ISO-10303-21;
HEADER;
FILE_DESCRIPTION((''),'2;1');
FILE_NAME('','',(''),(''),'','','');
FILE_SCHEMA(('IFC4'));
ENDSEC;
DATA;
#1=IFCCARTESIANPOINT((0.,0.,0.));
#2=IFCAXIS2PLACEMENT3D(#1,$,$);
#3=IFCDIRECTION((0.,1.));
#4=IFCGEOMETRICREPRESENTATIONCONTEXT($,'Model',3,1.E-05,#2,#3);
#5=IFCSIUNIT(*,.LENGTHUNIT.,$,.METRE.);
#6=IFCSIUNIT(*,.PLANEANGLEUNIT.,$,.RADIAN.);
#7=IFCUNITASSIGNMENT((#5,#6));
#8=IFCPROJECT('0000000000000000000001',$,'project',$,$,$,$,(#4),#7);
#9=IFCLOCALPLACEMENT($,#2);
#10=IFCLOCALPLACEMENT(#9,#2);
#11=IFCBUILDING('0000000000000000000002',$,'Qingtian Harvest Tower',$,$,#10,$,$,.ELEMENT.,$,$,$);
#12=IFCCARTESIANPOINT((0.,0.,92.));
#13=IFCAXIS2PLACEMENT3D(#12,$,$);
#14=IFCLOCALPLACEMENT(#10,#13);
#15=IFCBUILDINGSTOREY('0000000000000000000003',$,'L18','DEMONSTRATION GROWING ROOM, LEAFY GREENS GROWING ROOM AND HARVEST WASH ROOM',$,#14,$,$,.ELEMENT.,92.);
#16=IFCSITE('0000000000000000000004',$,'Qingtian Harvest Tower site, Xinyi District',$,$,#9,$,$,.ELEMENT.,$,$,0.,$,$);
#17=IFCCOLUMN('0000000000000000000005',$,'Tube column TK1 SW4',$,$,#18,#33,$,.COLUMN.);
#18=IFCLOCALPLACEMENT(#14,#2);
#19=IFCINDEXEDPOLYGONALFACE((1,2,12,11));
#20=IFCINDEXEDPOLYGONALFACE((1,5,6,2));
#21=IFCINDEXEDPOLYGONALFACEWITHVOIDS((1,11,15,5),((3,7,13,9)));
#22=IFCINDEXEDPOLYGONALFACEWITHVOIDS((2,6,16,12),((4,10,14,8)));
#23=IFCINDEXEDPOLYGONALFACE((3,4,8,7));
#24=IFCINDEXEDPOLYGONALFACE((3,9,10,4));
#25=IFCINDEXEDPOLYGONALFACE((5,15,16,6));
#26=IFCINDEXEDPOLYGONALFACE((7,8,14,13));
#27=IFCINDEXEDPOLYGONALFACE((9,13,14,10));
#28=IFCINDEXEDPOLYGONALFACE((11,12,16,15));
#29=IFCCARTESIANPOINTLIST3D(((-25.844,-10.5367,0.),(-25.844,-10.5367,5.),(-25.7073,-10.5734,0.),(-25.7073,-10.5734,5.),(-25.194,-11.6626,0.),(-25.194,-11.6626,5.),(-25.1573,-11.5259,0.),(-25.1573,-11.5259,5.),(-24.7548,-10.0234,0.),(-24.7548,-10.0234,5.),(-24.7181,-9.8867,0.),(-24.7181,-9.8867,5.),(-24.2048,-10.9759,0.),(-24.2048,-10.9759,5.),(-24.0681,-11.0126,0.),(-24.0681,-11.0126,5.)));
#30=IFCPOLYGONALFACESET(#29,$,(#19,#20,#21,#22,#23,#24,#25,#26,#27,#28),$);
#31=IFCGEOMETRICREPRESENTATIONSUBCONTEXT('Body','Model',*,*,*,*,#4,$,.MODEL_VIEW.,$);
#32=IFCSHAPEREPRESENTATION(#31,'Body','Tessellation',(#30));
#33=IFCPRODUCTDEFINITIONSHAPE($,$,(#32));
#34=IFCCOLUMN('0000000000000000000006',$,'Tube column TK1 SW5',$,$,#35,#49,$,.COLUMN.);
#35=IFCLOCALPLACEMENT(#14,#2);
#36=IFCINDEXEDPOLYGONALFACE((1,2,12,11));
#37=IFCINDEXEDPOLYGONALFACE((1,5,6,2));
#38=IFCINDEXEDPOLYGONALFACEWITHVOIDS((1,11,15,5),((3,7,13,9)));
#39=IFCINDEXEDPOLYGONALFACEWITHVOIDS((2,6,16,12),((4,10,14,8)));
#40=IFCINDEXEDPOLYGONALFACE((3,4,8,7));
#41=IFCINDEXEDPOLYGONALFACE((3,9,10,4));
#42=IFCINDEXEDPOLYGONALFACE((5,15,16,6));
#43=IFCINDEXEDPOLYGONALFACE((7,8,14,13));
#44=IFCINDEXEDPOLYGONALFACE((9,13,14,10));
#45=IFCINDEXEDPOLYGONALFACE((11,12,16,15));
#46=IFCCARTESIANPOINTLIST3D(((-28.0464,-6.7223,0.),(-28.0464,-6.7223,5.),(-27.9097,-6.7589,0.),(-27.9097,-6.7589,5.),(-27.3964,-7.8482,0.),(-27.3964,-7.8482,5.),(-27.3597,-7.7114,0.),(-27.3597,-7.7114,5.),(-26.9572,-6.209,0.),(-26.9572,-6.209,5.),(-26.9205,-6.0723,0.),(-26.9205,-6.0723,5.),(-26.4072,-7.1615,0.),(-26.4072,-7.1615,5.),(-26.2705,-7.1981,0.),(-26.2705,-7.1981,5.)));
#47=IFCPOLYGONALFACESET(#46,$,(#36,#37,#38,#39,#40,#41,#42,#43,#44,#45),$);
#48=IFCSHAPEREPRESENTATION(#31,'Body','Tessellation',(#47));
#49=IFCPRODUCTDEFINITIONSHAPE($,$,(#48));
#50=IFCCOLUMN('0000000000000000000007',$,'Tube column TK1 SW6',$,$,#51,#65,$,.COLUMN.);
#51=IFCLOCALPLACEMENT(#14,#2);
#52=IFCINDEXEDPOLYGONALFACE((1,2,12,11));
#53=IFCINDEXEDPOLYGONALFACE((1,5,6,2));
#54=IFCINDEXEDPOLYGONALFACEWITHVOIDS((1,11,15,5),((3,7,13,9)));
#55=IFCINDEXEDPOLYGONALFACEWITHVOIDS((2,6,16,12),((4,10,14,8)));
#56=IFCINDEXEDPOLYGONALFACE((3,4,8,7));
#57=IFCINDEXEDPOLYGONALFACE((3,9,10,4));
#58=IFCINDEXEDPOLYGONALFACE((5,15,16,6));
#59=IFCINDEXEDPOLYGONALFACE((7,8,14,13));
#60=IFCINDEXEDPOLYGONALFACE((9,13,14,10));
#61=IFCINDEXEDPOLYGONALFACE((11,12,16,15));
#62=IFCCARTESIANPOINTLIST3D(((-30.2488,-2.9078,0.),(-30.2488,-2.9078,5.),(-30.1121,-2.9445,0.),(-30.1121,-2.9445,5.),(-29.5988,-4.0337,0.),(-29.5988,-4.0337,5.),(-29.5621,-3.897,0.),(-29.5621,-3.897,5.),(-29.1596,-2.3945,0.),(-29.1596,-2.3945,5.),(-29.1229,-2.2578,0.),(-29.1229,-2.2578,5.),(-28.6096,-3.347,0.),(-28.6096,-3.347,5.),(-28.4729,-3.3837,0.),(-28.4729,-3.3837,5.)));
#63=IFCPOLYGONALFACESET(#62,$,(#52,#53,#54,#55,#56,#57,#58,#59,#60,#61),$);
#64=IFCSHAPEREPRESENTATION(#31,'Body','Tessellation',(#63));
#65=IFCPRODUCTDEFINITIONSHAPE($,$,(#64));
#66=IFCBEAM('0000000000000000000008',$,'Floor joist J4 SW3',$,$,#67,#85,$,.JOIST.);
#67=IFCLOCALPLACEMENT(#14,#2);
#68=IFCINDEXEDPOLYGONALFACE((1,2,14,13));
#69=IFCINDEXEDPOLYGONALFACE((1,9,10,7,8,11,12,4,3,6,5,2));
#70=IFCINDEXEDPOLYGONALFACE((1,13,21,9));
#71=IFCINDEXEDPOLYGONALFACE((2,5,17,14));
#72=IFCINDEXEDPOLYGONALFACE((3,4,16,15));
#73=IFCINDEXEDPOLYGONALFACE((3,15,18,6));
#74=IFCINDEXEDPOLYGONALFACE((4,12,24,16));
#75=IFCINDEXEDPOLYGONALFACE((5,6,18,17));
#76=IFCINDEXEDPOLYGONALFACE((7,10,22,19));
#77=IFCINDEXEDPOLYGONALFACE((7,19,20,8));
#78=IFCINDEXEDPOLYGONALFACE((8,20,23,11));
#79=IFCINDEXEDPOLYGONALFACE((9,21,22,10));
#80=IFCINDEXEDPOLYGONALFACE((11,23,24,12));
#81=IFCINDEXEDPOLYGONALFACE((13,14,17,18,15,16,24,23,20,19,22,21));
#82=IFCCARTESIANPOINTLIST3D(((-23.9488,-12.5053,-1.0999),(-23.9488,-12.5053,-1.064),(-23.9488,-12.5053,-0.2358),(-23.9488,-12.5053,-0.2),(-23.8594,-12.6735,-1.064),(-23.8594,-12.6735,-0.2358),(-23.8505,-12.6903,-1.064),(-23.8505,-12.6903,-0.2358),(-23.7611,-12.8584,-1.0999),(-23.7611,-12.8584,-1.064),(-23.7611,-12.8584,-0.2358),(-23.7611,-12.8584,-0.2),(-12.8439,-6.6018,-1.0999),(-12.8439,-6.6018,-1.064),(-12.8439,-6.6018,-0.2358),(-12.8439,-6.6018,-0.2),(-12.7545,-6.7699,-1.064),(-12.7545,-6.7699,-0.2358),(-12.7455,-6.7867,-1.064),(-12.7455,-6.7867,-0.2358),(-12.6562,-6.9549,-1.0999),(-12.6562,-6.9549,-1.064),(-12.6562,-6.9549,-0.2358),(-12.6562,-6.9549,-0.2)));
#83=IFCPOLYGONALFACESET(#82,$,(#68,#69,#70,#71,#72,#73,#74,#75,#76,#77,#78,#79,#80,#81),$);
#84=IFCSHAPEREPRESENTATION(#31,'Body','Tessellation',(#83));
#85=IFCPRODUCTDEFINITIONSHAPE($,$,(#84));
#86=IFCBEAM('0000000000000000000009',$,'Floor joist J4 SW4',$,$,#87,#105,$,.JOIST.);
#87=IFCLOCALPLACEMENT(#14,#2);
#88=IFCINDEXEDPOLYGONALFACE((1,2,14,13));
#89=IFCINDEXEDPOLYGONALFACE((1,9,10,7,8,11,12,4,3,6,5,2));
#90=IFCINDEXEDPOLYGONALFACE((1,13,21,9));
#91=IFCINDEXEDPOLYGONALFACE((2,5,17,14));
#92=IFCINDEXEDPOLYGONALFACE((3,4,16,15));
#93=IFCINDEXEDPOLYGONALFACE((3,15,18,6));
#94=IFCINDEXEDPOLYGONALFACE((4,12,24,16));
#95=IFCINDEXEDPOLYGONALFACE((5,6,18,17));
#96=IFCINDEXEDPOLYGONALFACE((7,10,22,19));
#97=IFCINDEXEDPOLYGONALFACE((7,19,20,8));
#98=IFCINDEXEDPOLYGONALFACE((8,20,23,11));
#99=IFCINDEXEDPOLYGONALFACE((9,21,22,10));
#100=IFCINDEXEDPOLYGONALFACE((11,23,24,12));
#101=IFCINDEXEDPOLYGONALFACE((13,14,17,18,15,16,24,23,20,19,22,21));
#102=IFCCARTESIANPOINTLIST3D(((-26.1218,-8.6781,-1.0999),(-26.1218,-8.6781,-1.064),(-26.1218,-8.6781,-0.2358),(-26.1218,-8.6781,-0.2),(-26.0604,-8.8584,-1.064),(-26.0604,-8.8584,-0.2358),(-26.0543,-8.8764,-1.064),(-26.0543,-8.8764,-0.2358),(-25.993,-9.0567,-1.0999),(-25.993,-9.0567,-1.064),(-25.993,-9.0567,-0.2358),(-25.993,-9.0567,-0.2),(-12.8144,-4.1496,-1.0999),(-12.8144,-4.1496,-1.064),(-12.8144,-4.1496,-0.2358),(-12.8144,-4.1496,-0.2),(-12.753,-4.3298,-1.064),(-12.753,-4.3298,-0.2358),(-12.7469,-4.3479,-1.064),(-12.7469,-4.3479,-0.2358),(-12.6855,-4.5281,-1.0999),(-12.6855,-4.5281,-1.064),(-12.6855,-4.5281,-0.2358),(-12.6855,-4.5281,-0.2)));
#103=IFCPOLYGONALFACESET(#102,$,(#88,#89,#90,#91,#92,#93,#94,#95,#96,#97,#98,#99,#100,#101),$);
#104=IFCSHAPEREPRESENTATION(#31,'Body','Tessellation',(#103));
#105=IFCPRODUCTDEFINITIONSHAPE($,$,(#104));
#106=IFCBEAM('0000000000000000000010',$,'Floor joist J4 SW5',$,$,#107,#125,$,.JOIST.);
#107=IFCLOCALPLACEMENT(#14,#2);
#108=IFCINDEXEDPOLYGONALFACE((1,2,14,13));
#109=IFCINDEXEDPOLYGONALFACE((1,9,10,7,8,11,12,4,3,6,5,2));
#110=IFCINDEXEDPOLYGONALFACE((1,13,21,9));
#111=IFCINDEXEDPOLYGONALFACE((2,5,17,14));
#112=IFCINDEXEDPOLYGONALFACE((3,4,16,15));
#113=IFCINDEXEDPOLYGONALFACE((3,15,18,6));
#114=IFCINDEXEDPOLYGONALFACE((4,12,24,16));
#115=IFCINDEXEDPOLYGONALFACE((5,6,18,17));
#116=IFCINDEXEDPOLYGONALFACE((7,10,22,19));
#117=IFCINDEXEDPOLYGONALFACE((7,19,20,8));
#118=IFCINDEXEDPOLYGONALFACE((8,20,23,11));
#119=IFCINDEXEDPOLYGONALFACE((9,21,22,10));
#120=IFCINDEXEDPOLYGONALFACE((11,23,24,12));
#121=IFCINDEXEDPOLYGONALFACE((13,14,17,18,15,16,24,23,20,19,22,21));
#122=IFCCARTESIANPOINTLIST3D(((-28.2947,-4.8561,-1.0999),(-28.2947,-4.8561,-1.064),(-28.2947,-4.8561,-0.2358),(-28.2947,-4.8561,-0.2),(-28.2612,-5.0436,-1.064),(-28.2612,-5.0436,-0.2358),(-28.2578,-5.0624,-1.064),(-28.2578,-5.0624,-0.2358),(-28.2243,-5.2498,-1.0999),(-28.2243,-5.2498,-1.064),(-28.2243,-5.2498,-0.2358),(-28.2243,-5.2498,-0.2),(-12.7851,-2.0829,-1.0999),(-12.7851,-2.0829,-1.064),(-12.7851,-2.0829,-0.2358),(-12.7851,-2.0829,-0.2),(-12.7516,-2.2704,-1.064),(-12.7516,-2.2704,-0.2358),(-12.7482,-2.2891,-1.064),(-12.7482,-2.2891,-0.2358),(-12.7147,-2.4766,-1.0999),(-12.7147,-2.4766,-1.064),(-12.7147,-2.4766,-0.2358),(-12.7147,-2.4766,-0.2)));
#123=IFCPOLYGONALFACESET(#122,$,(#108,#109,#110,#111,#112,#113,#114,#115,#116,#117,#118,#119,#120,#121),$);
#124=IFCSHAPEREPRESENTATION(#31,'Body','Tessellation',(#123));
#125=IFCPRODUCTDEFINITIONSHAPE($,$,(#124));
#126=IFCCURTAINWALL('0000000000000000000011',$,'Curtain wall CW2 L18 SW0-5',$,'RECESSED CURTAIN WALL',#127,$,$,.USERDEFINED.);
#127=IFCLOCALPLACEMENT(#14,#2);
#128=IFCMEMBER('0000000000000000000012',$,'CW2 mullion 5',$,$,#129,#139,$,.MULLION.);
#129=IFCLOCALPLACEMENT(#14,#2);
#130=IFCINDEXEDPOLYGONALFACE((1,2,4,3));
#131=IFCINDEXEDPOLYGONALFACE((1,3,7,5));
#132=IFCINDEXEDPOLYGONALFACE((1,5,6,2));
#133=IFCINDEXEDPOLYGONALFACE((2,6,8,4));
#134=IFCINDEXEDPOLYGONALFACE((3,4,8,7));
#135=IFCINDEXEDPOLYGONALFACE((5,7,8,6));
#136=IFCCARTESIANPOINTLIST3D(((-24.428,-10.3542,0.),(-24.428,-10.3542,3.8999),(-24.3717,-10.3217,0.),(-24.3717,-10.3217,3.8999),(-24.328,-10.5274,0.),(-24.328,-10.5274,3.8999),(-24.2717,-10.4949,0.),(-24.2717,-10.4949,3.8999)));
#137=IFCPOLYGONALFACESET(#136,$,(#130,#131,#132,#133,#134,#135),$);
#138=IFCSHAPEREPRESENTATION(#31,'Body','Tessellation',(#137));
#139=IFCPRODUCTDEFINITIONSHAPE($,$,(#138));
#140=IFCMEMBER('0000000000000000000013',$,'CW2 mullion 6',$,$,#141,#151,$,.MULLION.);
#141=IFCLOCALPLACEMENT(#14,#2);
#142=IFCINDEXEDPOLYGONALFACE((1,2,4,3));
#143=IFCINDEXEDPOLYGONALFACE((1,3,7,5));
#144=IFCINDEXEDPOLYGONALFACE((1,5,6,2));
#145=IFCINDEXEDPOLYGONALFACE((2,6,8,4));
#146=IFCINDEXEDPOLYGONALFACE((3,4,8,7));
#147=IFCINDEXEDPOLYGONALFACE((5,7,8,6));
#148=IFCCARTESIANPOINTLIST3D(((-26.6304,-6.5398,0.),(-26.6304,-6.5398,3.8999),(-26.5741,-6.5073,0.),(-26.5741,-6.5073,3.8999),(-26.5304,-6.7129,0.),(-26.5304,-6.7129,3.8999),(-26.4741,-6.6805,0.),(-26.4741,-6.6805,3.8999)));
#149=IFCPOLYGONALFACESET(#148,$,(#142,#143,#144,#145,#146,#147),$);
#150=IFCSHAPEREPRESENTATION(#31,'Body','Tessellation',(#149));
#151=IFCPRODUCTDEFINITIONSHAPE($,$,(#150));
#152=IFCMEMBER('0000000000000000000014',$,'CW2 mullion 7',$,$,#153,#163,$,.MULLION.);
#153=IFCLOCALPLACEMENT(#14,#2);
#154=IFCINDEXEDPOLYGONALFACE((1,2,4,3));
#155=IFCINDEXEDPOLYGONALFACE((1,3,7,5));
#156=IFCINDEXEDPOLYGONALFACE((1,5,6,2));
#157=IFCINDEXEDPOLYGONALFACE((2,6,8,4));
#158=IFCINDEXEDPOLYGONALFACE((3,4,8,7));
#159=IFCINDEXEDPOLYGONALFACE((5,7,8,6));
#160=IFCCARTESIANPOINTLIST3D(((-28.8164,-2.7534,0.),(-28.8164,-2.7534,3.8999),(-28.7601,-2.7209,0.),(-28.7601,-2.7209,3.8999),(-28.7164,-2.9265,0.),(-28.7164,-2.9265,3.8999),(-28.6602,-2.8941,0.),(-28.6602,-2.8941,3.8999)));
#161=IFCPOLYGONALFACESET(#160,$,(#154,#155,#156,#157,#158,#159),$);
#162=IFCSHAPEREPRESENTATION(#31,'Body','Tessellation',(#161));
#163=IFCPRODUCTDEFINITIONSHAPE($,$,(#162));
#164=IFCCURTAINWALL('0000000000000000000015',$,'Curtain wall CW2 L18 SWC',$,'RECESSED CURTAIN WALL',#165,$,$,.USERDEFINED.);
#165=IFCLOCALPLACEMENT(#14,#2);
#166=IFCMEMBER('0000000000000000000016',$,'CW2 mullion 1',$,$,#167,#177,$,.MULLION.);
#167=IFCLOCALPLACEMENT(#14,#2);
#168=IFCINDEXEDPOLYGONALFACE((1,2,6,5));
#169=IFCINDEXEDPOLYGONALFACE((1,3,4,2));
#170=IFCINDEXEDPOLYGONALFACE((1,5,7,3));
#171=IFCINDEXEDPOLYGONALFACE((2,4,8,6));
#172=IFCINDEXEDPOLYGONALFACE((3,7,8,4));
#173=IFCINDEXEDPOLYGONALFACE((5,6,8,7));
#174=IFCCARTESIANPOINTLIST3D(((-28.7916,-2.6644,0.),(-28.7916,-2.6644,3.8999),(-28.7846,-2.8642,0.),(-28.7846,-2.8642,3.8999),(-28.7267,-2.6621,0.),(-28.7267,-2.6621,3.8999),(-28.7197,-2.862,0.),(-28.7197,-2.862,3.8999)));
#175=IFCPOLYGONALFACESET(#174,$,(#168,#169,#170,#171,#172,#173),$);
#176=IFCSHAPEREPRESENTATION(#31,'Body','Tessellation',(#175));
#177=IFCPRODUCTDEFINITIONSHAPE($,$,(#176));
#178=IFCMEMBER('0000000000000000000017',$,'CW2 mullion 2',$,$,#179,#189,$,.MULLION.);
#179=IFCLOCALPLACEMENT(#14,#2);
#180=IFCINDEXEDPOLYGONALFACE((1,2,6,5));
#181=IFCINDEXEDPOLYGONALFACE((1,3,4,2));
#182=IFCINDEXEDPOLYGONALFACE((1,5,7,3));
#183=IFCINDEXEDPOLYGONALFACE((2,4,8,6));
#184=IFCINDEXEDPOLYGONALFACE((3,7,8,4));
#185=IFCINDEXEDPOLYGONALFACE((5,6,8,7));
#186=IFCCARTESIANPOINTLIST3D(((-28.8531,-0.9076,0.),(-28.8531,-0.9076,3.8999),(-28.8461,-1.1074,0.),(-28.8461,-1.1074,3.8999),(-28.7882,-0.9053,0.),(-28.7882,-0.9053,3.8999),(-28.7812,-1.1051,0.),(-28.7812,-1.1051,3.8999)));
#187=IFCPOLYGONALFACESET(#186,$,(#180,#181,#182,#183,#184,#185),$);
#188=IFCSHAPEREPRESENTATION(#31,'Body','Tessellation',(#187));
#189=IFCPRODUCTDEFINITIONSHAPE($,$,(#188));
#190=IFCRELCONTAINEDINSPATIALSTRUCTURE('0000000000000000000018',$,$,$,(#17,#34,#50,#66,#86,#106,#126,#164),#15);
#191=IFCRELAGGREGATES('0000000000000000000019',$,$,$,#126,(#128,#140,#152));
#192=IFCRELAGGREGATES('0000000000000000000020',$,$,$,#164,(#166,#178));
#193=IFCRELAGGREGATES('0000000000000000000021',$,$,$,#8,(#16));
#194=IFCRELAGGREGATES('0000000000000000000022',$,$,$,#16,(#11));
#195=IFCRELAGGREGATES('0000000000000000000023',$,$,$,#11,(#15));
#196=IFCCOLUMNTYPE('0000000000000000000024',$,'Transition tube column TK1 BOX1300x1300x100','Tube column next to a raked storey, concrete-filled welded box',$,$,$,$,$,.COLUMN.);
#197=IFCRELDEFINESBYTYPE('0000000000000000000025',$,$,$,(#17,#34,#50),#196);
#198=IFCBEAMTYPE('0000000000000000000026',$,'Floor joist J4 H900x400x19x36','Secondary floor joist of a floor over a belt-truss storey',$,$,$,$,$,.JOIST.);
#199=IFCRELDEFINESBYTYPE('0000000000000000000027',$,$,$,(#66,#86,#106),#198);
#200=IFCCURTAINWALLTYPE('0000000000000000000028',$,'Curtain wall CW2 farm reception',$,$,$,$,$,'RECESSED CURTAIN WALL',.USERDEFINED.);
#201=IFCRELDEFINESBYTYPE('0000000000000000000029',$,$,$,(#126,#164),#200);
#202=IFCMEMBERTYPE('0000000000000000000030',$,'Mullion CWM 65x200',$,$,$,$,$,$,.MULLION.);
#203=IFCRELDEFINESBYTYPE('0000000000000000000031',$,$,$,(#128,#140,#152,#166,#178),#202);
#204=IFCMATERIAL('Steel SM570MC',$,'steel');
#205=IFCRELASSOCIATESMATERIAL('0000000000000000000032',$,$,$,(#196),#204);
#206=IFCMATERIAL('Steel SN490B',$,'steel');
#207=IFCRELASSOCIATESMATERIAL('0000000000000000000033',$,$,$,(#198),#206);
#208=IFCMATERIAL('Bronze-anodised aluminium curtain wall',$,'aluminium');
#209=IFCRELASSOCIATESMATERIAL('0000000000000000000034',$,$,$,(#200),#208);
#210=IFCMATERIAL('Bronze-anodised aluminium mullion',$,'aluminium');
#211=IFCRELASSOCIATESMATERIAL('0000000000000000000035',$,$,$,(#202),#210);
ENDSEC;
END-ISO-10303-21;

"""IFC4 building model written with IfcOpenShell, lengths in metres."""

from ifc_helpers import new_model, si_unit, direction, frame, origin, origin_2d, place, context, subcontext, project, spatial, rectangle, hollow_rectangle, i_section, extrude, material, material_profile, profile_set, type_object, element, aggregate, save


model = new_model("IFC4")

# Units and contexts
model_context = context("Model", 3, precision=1e-05, world=origin(), true_north=direction((0.0, 1.0)))
body_context = subcontext(model_context, "Body", "Model", "MODEL_VIEW")
ifc_project = project(units=[si_unit("LENGTHUNIT", "METRE"), si_unit("PLANEANGLEUNIT", "RADIAN")], contexts=[model_context])

# Site, building, storey
site_placement = place(None, origin())
site = spatial("IfcSite", under=ifc_project, at=site_placement, Name="Qingtian Harvest Tower site, Xinyi District", CompositionType="ELEMENT", RefElevation=0.0)
building_placement = place(site_placement, origin())
building = spatial("IfcBuilding", under=site, at=building_placement, Name="Qingtian Harvest Tower", CompositionType="ELEMENT")
storey_placement = place(building_placement, frame((0.0, 0.0, 92.0)))
storey = spatial("IfcBuildingStorey", under=building, at=storey_placement, Name="L18", Description="DEMONSTRATION GROWING ROOM, LEAFY GREENS GROWING ROOM AND HARVEST WASH ROOM", CompositionType="ELEMENT", Elevation=92.0)

# Columns
ifc_material_1 = material(Name="Steel SM570MC", Category="steel")
ifc_material_profile_1 = material_profile(ifc_material_1, hollow_rectangle(XDim=1.3, YDim=1.3, WallThickness=0.1001, at=origin_2d()), Name="BOX1300x1300x100")
ifc_profile_set_1 = profile_set([ifc_material_profile_1], Name="Steel SM570MC")
column_type = type_object("IfcColumnType", Name="Transition tube column TK1 BOX1300x1300x100", Description="Tube column next to a raked storey, concrete-filled welded box", PredefinedType="COLUMN", material=ifc_profile_set_1)
for number, where, z_axis, x_axis, name in (
    (1, (-24.9561, -10.7747, 0.0), (0.0, 0.0, 1.0), (0.5, -0.866025, 0.0), "Tube column TK1 SW4"),
    (2, (-27.1584, -6.9602, 0.0), (0.0, 0.0, 1.0), (0.5, -0.866025, 0.0), "Tube column TK1 SW5"),
    (3, (-29.3608, -3.1458, 0.0), (0.0, 0.0, 1.0), (0.5, -0.866025, 0.0), "Tube column TK1 SW6"),
):
    element("IfcColumn", number, at=place(storey_placement, frame(where, z_axis=z_axis, x_axis=x_axis)), inside=storey, type_object=column_type, Name=name, PredefinedType="COLUMN", context=body_context, shape_type="SweptSolid", body=[
        extrude(hollow_rectangle(XDim=1.3, YDim=1.3, WallThickness=0.1001, at=origin_2d()), origin(), (0.0, 0.0, 1.0), 5.0),
    ])

# Beams
ifc_material_2 = material(Name="Steel SN490B", Category="steel")
ifc_material_profile_2 = material_profile(ifc_material_2, i_section(OverallWidth=0.3999, OverallDepth=0.8999, WebThickness=0.019, FlangeThickness=0.0359, at=origin_2d()), Name="H900x400x19x36")
ifc_profile_set_2 = profile_set([ifc_material_profile_2], Name="Steel SN490B")
beam_type_1 = type_object("IfcBeamType", Name="Floor joist J4 H900x400x19x36", Description="Secondary floor joist of a floor over a belt-truss storey", PredefinedType="JOIST", material=ifc_profile_set_2)
beam_1_placement = place(storey_placement, frame((-23.855, -12.6819, -0.6499), z_axis=(0.882982, 0.469406, 0.0), x_axis=(-0.469406, 0.882982, 0.0)))
element("IfcBeam", 4, at=beam_1_placement, inside=storey, type_object=beam_type_1, Name="Floor joist J4 SW3", PredefinedType="JOIST", context=body_context, shape_type="SweptSolid", body=[
    extrude(i_section(OverallWidth=0.3999, OverallDepth=0.8999, WebThickness=0.019, FlangeThickness=0.0359, at=origin_2d()), origin(), (0.0, 0.0, 1.0), 12.5767),
])
beam_2_placement = place(storey_placement, frame((-26.0574, -8.8674, -0.6499), z_axis=(0.946685, 0.322161, 0.0), x_axis=(-0.322161, 0.946685, 0.0)))
element("IfcBeam", 5, at=beam_2_placement, inside=storey, type_object=beam_type_1, Name="Floor joist J4 SW4", PredefinedType="JOIST", context=body_context, shape_type="SweptSolid", body=[
    extrude(i_section(OverallWidth=0.3999, OverallDepth=0.8999, WebThickness=0.019, FlangeThickness=0.0359, at=origin_2d()), origin(), (0.0, 0.0, 1.0), 14.0569),
])
beam_3_placement = place(storey_placement, frame((-28.2595, -5.053, -0.6499), z_axis=(0.984388, 0.176014, 0.0), x_axis=(-0.176014, 0.984388, 0.0)))
element("IfcBeam", 6, at=beam_3_placement, inside=storey, type_object=beam_type_1, Name="Floor joist J4 SW5", PredefinedType="JOIST", context=body_context, shape_type="SweptSolid", body=[
    extrude(i_section(OverallWidth=0.3999, OverallDepth=0.8999, WebThickness=0.019, FlangeThickness=0.0359, at=origin_2d()), origin(), (0.0, 0.0, 1.0), 15.7556),
])

# Curtain walls, members
ifc_material_3 = material(Name="Bronze-anodised aluminium curtain wall", Category="aluminium")
curtain_wall_type = type_object("IfcCurtainWallType", Name="Curtain wall CW2 farm reception", ElementType="RECESSED CURTAIN WALL", PredefinedType="USERDEFINED", material=ifc_material_3)
curtain_wall_1_placement = place(storey_placement, origin())
curtain_wall_1 = element("IfcCurtainWall", 7, at=curtain_wall_1_placement, inside=storey, type_object=curtain_wall_type, Name="Curtain wall CW2 L18 SW0-5", ObjectType="RECESSED CURTAIN WALL", PredefinedType="USERDEFINED")
ifc_material_4 = material(Name="Bronze-anodised aluminium mullion", Category="aluminium")
ifc_material_profile_3 = material_profile(ifc_material_4, rectangle(XDim=0.0649, YDim=0.2, at=origin_2d()), Name="AL 65x200")
ifc_profile_set_3 = profile_set([ifc_material_profile_3], Name="Bronze-anodised aluminium mullion")
member_type_1 = type_object("IfcMemberType", Name="Mullion CWM 65x200", PredefinedType="MULLION", material=ifc_profile_set_3)
member_1_placement = place(storey_placement, frame((-24.3499, -10.4246, 0.0), z_axis=(0.0, 0.0, 1.0), x_axis=(-0.866025, -0.5, 0.0)))
member_1 = element("IfcMember", 8, at=member_1_placement, type_object=member_type_1, Name="CW2 mullion 5", PredefinedType="MULLION", context=body_context, shape_type="SweptSolid", body=[
    extrude(rectangle(XDim=0.0649, YDim=0.2, at=origin_2d()), origin(), (0.0, 0.0, 1.0), 3.8999),
])
member_2_placement = place(storey_placement, frame((-26.5522, -6.6101, 0.0), z_axis=(0.0, 0.0, 1.0), x_axis=(-0.866025, -0.5, 0.0)))
member_2 = element("IfcMember", 9, at=member_2_placement, type_object=member_type_1, Name="CW2 mullion 6", PredefinedType="MULLION", context=body_context, shape_type="SweptSolid", body=[
    extrude(rectangle(XDim=0.0649, YDim=0.2, at=origin_2d()), origin(), (0.0, 0.0, 1.0), 3.8999),
])
member_3_placement = place(storey_placement, frame((-28.7383, -2.8237, 0.0), z_axis=(0.0, 0.0, 1.0), x_axis=(-0.866025, -0.5, 0.0)))
member_3 = element("IfcMember", 10, at=member_3_placement, type_object=member_type_1, Name="CW2 mullion 7", PredefinedType="MULLION", context=body_context, shape_type="SweptSolid", body=[
    extrude(rectangle(XDim=0.0649, YDim=0.2, at=origin_2d()), origin(), (0.0, 0.0, 1.0), 3.8999),
])
curtain_wall_2_placement = place(storey_placement, origin())
curtain_wall_2 = element("IfcCurtainWall", 11, at=curtain_wall_2_placement, inside=storey, type_object=curtain_wall_type, Name="Curtain wall CW2 L18 SWC", ObjectType="RECESSED CURTAIN WALL", PredefinedType="USERDEFINED")
member_4_placement = place(storey_placement, frame((-28.7556, -2.7632, 0.0), z_axis=(0.0, 0.0, 1.0), x_axis=(-0.999391, -0.034899, 0.0)))
member_4 = element("IfcMember", 12, at=member_4_placement, type_object=member_type_1, Name="CW2 mullion 1", PredefinedType="MULLION", context=body_context, shape_type="SweptSolid", body=[
    extrude(rectangle(XDim=0.0649, YDim=0.2, at=origin_2d()), origin(), (0.0, 0.0, 1.0), 3.8999),
])
member_5_placement = place(storey_placement, frame((-28.8171, -1.0063, 0.0), z_axis=(0.0, 0.0, 1.0), x_axis=(-0.999391, -0.034899, 0.0)))
member_5 = element("IfcMember", 13, at=member_5_placement, type_object=member_type_1, Name="CW2 mullion 2", PredefinedType="MULLION", context=body_context, shape_type="SweptSolid", body=[
    extrude(rectangle(XDim=0.0649, YDim=0.2, at=origin_2d()), origin(), (0.0, 0.0, 1.0), 3.8999),
])

aggregate(curtain_wall_1, [member_1, member_2, member_3])
aggregate(curtain_wall_2, [member_4, member_5])

save(model, "model.ifc")
